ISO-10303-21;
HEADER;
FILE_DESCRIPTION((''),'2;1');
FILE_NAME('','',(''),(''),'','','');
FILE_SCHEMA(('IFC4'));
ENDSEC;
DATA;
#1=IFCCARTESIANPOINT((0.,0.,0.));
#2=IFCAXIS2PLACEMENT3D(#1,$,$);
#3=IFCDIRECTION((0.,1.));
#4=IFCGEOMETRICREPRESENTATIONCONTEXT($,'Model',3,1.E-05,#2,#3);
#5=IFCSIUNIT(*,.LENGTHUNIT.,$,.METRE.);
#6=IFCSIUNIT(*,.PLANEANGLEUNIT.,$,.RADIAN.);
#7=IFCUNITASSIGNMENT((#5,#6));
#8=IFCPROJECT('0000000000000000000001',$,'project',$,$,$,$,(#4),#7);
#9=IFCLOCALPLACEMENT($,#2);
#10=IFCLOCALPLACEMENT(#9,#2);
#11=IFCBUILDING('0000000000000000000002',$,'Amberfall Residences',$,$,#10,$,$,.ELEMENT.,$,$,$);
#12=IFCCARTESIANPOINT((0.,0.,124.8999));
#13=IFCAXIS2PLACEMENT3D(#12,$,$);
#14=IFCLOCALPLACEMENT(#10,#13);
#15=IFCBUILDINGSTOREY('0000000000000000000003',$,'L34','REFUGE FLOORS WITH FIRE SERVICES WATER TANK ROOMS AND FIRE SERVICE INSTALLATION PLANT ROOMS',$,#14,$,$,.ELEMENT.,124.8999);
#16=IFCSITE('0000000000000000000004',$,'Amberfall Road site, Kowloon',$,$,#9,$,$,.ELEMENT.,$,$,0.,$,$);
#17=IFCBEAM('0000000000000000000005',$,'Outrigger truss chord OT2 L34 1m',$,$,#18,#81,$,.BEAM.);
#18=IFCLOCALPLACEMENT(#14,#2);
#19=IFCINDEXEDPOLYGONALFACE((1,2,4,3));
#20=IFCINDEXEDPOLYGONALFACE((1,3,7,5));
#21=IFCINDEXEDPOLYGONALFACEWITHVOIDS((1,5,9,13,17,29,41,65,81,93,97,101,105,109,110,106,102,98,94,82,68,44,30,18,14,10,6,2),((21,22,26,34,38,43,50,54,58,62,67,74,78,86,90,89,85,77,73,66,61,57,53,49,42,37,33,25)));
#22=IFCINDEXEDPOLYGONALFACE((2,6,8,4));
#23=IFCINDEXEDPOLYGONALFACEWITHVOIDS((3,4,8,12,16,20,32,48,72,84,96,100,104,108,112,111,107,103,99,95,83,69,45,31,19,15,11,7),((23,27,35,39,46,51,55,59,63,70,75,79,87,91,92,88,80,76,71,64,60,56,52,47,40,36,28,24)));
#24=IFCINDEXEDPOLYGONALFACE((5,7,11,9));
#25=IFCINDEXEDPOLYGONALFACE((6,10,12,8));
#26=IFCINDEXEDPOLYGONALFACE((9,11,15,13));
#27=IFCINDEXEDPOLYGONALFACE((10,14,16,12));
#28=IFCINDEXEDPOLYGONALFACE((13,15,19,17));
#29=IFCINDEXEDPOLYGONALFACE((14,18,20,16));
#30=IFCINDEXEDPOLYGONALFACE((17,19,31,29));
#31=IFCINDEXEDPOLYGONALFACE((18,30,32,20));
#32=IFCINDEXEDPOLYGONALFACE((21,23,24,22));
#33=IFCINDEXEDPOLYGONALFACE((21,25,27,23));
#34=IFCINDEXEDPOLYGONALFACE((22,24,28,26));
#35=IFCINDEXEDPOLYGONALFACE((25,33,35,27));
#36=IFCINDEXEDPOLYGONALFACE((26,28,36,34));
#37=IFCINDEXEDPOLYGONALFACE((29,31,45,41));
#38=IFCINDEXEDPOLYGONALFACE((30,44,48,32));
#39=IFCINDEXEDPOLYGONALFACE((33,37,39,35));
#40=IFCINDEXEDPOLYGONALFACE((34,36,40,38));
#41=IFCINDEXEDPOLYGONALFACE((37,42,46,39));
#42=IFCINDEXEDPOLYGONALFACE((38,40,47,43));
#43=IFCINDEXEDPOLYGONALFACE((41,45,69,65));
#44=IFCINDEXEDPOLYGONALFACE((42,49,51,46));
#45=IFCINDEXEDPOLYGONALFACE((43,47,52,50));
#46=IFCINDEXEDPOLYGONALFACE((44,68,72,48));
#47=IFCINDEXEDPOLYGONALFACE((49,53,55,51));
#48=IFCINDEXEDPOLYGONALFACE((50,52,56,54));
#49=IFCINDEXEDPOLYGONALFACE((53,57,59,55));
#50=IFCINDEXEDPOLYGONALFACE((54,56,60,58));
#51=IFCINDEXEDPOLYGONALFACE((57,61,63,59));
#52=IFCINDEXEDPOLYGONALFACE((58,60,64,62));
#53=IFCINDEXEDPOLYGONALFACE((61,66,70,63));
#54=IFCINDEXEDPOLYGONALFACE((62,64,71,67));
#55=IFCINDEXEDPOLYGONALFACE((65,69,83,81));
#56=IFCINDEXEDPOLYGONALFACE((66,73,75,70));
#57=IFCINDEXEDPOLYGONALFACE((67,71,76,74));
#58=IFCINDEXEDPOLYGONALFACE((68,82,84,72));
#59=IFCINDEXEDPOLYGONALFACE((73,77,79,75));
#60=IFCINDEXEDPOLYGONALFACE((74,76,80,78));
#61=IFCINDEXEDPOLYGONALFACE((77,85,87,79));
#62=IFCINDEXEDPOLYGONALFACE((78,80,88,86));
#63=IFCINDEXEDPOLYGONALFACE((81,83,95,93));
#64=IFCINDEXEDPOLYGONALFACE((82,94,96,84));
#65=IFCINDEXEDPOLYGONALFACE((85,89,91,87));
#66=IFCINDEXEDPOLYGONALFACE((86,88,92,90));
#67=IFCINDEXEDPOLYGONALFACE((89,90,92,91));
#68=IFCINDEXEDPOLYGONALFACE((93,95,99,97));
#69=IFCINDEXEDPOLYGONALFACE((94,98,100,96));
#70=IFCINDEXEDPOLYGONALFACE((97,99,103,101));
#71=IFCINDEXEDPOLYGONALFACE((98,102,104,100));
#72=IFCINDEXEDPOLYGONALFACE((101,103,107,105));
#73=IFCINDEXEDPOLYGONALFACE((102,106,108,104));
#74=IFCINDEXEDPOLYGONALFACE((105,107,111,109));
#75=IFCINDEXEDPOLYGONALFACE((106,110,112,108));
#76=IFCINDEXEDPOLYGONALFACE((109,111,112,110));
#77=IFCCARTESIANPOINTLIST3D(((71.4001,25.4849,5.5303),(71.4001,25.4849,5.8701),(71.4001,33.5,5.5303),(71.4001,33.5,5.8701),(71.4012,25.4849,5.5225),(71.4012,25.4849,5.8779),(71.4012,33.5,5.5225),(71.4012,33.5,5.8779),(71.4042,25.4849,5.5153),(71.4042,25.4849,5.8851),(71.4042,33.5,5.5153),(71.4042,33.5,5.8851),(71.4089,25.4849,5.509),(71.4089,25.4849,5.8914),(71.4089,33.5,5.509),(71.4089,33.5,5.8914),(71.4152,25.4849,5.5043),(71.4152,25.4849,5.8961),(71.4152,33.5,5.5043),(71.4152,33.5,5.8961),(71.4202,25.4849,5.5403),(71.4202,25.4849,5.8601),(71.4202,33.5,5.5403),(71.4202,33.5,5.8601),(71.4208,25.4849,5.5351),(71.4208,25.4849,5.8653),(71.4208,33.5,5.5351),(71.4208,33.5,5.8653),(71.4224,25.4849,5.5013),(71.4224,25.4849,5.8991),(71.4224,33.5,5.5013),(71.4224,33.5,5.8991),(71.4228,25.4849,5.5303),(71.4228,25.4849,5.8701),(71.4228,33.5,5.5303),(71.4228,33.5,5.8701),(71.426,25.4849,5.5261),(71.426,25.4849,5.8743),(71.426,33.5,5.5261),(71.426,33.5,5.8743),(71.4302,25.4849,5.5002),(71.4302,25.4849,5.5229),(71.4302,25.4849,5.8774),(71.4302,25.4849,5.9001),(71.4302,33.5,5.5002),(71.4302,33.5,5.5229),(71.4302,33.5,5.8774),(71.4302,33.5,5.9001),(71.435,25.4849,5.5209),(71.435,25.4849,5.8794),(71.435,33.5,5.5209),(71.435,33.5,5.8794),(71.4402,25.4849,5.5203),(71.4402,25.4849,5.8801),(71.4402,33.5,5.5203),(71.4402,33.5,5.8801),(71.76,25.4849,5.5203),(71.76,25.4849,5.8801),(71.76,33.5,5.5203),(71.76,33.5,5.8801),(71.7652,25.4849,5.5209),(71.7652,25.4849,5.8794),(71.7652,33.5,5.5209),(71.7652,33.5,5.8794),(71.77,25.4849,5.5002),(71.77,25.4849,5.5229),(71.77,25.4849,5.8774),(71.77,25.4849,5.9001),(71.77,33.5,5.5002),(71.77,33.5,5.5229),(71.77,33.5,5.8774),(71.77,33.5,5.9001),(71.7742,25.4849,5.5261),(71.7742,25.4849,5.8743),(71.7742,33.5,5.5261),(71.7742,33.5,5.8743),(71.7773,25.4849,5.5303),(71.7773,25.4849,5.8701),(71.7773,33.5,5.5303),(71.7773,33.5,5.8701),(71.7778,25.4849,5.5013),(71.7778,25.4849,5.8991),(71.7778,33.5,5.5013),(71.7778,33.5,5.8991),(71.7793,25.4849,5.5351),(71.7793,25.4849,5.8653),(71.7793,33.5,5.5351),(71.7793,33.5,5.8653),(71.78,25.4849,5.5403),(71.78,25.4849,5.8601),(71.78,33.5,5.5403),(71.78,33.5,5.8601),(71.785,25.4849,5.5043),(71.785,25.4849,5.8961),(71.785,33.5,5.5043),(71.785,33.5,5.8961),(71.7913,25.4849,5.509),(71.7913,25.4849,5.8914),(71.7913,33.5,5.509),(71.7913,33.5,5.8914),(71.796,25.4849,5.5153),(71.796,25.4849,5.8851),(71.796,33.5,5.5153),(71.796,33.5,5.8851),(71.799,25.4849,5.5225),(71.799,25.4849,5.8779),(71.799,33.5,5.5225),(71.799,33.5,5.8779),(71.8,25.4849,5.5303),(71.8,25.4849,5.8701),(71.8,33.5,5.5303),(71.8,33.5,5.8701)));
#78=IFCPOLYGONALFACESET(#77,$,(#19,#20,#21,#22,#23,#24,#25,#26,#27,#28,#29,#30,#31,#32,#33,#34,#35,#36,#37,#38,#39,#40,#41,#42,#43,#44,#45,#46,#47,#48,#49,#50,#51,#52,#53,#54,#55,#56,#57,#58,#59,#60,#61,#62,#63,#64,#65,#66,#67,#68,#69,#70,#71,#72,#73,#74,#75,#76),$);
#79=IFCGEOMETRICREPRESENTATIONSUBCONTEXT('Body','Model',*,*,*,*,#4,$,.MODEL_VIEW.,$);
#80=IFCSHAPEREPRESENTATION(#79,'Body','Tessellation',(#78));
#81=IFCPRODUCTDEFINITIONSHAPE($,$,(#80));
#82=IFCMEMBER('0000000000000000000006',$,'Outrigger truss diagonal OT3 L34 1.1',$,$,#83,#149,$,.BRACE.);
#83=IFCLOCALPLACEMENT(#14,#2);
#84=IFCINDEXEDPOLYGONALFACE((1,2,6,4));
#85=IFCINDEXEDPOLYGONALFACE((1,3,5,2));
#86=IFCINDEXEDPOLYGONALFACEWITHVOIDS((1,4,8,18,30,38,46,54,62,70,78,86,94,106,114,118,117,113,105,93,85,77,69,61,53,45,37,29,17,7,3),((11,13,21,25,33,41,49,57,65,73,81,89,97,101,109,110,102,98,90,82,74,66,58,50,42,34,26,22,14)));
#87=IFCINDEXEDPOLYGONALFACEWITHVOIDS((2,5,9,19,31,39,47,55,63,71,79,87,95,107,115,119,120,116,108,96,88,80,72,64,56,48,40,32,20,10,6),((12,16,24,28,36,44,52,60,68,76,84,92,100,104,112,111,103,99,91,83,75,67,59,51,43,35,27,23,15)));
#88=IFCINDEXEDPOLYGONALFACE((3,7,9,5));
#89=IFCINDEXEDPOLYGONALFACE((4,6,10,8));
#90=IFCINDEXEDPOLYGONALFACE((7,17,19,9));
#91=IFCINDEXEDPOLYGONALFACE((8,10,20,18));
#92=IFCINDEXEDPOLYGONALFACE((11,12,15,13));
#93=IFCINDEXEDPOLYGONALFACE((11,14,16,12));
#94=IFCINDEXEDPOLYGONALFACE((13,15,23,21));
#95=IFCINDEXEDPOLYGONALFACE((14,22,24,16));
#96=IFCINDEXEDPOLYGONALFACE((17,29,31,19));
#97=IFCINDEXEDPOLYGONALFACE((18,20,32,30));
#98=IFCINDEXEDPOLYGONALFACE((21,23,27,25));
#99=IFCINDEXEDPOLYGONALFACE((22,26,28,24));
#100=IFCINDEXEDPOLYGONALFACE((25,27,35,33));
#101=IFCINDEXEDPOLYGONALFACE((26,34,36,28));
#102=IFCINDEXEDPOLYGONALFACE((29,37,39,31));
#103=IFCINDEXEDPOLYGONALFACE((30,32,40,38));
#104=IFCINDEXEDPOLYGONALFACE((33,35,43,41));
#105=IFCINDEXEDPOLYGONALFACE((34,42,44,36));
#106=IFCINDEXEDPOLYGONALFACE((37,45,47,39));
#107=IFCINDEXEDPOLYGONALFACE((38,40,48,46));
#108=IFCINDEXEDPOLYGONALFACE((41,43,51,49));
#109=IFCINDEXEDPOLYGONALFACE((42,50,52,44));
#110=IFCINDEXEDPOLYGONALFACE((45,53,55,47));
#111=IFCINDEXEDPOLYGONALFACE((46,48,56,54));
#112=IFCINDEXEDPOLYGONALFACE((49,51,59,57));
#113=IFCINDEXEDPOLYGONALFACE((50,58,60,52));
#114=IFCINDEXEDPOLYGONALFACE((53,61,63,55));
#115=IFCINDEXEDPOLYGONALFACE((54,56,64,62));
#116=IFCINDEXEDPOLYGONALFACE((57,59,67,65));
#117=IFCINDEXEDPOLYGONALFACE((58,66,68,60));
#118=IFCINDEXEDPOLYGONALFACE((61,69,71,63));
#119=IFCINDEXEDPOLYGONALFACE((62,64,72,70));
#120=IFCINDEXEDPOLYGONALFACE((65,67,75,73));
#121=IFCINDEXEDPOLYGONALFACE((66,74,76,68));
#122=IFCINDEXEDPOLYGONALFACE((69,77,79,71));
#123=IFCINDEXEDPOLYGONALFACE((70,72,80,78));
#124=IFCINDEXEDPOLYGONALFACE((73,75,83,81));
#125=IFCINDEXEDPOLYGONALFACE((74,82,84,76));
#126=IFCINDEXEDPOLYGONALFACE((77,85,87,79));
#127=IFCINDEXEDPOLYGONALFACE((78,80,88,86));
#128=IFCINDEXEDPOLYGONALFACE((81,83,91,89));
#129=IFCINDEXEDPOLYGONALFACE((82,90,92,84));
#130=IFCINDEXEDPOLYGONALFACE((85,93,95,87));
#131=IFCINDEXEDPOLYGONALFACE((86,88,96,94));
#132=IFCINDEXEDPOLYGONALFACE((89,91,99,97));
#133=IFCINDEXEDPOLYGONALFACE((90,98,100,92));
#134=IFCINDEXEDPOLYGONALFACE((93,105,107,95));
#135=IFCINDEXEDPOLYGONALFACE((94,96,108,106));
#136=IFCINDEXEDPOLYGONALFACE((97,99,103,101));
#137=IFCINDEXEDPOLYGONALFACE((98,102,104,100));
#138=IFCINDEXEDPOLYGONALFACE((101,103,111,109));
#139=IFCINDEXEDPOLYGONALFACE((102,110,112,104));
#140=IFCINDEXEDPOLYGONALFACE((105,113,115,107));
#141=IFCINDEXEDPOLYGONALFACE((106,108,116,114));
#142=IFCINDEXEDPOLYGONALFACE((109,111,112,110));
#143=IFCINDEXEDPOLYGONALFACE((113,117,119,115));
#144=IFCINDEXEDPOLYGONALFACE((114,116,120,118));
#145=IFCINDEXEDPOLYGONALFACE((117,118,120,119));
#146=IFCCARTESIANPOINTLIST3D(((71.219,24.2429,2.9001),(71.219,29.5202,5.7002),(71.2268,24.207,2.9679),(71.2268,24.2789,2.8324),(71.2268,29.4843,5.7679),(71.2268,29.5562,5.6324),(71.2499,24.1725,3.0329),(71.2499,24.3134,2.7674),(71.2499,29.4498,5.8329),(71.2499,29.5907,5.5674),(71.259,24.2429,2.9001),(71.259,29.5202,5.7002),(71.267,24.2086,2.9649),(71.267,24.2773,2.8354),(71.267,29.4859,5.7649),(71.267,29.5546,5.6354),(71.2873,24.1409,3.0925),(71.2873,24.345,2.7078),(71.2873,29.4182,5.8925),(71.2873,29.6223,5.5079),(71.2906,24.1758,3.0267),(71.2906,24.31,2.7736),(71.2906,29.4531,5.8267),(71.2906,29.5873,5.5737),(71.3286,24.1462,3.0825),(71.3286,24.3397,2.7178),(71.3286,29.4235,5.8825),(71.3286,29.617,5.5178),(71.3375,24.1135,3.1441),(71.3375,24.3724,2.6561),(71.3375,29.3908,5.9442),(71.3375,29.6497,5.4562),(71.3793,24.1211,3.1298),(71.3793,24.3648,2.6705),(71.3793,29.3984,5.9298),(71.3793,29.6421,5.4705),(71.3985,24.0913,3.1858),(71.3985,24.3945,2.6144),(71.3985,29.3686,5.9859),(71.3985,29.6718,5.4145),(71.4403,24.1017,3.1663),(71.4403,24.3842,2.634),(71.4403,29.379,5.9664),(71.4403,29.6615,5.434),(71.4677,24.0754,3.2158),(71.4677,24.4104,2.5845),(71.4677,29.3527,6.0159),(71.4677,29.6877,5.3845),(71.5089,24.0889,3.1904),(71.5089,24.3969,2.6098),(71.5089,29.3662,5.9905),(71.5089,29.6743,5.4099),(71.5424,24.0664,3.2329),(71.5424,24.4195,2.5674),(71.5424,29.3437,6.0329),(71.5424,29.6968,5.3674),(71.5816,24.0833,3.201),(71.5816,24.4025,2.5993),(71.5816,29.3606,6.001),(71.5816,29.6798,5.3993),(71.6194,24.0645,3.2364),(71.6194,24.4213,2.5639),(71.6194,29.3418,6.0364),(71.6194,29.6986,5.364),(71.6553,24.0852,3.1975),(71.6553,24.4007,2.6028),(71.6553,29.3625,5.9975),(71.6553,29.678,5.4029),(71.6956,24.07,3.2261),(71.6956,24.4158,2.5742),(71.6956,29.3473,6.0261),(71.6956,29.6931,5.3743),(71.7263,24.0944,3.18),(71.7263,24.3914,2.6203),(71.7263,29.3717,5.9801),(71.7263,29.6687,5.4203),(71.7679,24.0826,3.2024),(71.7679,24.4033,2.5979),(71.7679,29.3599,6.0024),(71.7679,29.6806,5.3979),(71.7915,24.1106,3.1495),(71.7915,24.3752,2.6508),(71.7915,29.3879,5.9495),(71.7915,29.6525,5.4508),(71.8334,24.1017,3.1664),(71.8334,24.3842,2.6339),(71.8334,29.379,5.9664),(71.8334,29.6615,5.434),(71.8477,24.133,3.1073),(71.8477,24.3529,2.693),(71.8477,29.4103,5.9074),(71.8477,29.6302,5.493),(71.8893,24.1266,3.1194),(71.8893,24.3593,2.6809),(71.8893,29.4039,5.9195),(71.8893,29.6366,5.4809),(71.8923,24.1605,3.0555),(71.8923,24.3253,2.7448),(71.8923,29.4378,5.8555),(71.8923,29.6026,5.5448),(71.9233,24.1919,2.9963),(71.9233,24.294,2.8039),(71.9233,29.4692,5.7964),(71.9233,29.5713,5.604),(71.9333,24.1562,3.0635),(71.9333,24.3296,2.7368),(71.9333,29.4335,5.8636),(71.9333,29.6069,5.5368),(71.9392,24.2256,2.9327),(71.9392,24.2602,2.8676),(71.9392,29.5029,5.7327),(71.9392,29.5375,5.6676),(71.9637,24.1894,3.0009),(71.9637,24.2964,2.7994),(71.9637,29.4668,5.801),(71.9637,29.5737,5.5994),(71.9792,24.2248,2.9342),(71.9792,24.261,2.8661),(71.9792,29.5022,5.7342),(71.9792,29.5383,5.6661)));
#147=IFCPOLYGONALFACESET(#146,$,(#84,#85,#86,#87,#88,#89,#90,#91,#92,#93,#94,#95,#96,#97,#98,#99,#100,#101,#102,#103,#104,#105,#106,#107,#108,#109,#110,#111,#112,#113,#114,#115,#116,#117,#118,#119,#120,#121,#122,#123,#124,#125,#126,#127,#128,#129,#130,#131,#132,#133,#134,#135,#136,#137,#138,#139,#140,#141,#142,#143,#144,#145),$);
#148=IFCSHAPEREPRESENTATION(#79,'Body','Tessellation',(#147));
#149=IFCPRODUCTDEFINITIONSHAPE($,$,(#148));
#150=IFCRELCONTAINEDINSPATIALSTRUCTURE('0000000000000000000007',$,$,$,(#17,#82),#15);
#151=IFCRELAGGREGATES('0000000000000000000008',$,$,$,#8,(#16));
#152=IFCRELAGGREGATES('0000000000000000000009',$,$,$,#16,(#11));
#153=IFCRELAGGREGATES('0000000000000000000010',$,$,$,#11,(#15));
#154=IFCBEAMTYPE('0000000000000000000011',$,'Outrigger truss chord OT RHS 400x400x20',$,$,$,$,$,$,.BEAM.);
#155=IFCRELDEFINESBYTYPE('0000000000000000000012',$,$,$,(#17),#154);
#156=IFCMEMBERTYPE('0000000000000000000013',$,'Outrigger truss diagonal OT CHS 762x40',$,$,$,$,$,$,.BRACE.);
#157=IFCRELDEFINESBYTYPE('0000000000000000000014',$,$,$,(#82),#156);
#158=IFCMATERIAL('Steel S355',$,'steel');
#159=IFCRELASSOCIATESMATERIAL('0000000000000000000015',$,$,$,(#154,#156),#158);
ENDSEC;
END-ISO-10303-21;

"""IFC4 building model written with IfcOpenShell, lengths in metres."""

from ifc_helpers import new_model, si_unit, direction, frame, origin, origin_2d, place, context, subcontext, project, spatial, hollow_rectangle, hollow_circle, extrude, material, material_profile, profile_set, type_object, element, save


model = new_model("IFC4")

# Units and contexts
model_context = context("Model", 3, precision=1e-05, world=origin(), true_north=direction((0.0, 1.0)))
body_context = subcontext(model_context, "Body", "Model", "MODEL_VIEW")
ifc_project = project(units=[si_unit("LENGTHUNIT", "METRE"), si_unit("PLANEANGLEUNIT", "RADIAN")], contexts=[model_context])

# Site, building, storey
site_placement = place(None, origin())
site = spatial("IfcSite", under=ifc_project, at=site_placement, Name="Amberfall Road site, Kowloon", CompositionType="ELEMENT", RefElevation=0.0)
building_placement = place(site_placement, origin())
building = spatial("IfcBuilding", under=site, at=building_placement, Name="Amberfall Residences", CompositionType="ELEMENT")
storey_placement = place(building_placement, frame((0.0, 0.0, 124.8999)))
storey = spatial("IfcBuildingStorey", under=building, at=storey_placement, Name="L34", Description="REFUGE FLOORS WITH FIRE SERVICES WATER TANK ROOMS AND FIRE SERVICE INSTALLATION PLANT ROOMS", CompositionType="ELEMENT", Elevation=124.8999)

# Shared definitions
ifc_material_1 = material(Name="Steel S355", Category="steel")

# Beam
ifc_material_profile_1 = material_profile(ifc_material_1, hollow_rectangle(XDim=0.3999, YDim=0.3999, WallThickness=0.02, InnerFilletRadius=0.02, OuterFilletRadius=0.03, at=origin_2d()), Name="RHS 400x400x20")
ifc_profile_set_1 = profile_set([ifc_material_profile_1], Name="Steel S355")
beam_type_1 = type_object("IfcBeamType", Name="Outrigger truss chord OT RHS 400x400x20", PredefinedType="BEAM", material=ifc_profile_set_1)
beam_1_placement = place(storey_placement, frame((71.6001, 25.4849, 5.7002), z_axis=(0.0, 1.0, 0.0), x_axis=(-1.0, 0.0, 0.0)))
element("IfcBeam", 1, at=beam_1_placement, inside=storey, type_object=beam_type_1, Name="Outrigger truss chord OT2 L34 1m", PredefinedType="BEAM", context=body_context, shape_type="SweptSolid", body=[
    extrude(hollow_rectangle(XDim=0.3999, YDim=0.3999, WallThickness=0.02, InnerFilletRadius=0.02, OuterFilletRadius=0.03, at=origin_2d()), origin(), (0.0, 0.0, 1.0), 8.0151),
])

# Member
ifc_material_profile_2 = material_profile(ifc_material_1, hollow_circle(Radius=0.3811, WallThickness=0.04, at=origin_2d()), Name="CHS 762x40")
ifc_profile_set_2 = profile_set([ifc_material_profile_2], Name="Steel S355")
member_type_1 = type_object("IfcMemberType", Name="Outrigger truss diagonal OT CHS 762x40", PredefinedType="BRACE", material=ifc_profile_set_2)
member_1_placement = place(storey_placement, frame((71.6001, 24.2429, 2.9001), z_axis=(0.0, 0.883361, 0.468693), x_axis=(-1.0, 0.0, 0.0)))
element("IfcMember", 2, at=member_1_placement, inside=storey, type_object=member_type_1, Name="Outrigger truss diagonal OT3 L34 1.1", PredefinedType="BRACE", context=body_context, shape_type="SweptSolid", body=[
    extrude(hollow_circle(Radius=0.3811, WallThickness=0.04, at=origin_2d()), origin(), (0.0, 0.0, 1.0), 5.9741),
])

save(model, "model.ifc")
